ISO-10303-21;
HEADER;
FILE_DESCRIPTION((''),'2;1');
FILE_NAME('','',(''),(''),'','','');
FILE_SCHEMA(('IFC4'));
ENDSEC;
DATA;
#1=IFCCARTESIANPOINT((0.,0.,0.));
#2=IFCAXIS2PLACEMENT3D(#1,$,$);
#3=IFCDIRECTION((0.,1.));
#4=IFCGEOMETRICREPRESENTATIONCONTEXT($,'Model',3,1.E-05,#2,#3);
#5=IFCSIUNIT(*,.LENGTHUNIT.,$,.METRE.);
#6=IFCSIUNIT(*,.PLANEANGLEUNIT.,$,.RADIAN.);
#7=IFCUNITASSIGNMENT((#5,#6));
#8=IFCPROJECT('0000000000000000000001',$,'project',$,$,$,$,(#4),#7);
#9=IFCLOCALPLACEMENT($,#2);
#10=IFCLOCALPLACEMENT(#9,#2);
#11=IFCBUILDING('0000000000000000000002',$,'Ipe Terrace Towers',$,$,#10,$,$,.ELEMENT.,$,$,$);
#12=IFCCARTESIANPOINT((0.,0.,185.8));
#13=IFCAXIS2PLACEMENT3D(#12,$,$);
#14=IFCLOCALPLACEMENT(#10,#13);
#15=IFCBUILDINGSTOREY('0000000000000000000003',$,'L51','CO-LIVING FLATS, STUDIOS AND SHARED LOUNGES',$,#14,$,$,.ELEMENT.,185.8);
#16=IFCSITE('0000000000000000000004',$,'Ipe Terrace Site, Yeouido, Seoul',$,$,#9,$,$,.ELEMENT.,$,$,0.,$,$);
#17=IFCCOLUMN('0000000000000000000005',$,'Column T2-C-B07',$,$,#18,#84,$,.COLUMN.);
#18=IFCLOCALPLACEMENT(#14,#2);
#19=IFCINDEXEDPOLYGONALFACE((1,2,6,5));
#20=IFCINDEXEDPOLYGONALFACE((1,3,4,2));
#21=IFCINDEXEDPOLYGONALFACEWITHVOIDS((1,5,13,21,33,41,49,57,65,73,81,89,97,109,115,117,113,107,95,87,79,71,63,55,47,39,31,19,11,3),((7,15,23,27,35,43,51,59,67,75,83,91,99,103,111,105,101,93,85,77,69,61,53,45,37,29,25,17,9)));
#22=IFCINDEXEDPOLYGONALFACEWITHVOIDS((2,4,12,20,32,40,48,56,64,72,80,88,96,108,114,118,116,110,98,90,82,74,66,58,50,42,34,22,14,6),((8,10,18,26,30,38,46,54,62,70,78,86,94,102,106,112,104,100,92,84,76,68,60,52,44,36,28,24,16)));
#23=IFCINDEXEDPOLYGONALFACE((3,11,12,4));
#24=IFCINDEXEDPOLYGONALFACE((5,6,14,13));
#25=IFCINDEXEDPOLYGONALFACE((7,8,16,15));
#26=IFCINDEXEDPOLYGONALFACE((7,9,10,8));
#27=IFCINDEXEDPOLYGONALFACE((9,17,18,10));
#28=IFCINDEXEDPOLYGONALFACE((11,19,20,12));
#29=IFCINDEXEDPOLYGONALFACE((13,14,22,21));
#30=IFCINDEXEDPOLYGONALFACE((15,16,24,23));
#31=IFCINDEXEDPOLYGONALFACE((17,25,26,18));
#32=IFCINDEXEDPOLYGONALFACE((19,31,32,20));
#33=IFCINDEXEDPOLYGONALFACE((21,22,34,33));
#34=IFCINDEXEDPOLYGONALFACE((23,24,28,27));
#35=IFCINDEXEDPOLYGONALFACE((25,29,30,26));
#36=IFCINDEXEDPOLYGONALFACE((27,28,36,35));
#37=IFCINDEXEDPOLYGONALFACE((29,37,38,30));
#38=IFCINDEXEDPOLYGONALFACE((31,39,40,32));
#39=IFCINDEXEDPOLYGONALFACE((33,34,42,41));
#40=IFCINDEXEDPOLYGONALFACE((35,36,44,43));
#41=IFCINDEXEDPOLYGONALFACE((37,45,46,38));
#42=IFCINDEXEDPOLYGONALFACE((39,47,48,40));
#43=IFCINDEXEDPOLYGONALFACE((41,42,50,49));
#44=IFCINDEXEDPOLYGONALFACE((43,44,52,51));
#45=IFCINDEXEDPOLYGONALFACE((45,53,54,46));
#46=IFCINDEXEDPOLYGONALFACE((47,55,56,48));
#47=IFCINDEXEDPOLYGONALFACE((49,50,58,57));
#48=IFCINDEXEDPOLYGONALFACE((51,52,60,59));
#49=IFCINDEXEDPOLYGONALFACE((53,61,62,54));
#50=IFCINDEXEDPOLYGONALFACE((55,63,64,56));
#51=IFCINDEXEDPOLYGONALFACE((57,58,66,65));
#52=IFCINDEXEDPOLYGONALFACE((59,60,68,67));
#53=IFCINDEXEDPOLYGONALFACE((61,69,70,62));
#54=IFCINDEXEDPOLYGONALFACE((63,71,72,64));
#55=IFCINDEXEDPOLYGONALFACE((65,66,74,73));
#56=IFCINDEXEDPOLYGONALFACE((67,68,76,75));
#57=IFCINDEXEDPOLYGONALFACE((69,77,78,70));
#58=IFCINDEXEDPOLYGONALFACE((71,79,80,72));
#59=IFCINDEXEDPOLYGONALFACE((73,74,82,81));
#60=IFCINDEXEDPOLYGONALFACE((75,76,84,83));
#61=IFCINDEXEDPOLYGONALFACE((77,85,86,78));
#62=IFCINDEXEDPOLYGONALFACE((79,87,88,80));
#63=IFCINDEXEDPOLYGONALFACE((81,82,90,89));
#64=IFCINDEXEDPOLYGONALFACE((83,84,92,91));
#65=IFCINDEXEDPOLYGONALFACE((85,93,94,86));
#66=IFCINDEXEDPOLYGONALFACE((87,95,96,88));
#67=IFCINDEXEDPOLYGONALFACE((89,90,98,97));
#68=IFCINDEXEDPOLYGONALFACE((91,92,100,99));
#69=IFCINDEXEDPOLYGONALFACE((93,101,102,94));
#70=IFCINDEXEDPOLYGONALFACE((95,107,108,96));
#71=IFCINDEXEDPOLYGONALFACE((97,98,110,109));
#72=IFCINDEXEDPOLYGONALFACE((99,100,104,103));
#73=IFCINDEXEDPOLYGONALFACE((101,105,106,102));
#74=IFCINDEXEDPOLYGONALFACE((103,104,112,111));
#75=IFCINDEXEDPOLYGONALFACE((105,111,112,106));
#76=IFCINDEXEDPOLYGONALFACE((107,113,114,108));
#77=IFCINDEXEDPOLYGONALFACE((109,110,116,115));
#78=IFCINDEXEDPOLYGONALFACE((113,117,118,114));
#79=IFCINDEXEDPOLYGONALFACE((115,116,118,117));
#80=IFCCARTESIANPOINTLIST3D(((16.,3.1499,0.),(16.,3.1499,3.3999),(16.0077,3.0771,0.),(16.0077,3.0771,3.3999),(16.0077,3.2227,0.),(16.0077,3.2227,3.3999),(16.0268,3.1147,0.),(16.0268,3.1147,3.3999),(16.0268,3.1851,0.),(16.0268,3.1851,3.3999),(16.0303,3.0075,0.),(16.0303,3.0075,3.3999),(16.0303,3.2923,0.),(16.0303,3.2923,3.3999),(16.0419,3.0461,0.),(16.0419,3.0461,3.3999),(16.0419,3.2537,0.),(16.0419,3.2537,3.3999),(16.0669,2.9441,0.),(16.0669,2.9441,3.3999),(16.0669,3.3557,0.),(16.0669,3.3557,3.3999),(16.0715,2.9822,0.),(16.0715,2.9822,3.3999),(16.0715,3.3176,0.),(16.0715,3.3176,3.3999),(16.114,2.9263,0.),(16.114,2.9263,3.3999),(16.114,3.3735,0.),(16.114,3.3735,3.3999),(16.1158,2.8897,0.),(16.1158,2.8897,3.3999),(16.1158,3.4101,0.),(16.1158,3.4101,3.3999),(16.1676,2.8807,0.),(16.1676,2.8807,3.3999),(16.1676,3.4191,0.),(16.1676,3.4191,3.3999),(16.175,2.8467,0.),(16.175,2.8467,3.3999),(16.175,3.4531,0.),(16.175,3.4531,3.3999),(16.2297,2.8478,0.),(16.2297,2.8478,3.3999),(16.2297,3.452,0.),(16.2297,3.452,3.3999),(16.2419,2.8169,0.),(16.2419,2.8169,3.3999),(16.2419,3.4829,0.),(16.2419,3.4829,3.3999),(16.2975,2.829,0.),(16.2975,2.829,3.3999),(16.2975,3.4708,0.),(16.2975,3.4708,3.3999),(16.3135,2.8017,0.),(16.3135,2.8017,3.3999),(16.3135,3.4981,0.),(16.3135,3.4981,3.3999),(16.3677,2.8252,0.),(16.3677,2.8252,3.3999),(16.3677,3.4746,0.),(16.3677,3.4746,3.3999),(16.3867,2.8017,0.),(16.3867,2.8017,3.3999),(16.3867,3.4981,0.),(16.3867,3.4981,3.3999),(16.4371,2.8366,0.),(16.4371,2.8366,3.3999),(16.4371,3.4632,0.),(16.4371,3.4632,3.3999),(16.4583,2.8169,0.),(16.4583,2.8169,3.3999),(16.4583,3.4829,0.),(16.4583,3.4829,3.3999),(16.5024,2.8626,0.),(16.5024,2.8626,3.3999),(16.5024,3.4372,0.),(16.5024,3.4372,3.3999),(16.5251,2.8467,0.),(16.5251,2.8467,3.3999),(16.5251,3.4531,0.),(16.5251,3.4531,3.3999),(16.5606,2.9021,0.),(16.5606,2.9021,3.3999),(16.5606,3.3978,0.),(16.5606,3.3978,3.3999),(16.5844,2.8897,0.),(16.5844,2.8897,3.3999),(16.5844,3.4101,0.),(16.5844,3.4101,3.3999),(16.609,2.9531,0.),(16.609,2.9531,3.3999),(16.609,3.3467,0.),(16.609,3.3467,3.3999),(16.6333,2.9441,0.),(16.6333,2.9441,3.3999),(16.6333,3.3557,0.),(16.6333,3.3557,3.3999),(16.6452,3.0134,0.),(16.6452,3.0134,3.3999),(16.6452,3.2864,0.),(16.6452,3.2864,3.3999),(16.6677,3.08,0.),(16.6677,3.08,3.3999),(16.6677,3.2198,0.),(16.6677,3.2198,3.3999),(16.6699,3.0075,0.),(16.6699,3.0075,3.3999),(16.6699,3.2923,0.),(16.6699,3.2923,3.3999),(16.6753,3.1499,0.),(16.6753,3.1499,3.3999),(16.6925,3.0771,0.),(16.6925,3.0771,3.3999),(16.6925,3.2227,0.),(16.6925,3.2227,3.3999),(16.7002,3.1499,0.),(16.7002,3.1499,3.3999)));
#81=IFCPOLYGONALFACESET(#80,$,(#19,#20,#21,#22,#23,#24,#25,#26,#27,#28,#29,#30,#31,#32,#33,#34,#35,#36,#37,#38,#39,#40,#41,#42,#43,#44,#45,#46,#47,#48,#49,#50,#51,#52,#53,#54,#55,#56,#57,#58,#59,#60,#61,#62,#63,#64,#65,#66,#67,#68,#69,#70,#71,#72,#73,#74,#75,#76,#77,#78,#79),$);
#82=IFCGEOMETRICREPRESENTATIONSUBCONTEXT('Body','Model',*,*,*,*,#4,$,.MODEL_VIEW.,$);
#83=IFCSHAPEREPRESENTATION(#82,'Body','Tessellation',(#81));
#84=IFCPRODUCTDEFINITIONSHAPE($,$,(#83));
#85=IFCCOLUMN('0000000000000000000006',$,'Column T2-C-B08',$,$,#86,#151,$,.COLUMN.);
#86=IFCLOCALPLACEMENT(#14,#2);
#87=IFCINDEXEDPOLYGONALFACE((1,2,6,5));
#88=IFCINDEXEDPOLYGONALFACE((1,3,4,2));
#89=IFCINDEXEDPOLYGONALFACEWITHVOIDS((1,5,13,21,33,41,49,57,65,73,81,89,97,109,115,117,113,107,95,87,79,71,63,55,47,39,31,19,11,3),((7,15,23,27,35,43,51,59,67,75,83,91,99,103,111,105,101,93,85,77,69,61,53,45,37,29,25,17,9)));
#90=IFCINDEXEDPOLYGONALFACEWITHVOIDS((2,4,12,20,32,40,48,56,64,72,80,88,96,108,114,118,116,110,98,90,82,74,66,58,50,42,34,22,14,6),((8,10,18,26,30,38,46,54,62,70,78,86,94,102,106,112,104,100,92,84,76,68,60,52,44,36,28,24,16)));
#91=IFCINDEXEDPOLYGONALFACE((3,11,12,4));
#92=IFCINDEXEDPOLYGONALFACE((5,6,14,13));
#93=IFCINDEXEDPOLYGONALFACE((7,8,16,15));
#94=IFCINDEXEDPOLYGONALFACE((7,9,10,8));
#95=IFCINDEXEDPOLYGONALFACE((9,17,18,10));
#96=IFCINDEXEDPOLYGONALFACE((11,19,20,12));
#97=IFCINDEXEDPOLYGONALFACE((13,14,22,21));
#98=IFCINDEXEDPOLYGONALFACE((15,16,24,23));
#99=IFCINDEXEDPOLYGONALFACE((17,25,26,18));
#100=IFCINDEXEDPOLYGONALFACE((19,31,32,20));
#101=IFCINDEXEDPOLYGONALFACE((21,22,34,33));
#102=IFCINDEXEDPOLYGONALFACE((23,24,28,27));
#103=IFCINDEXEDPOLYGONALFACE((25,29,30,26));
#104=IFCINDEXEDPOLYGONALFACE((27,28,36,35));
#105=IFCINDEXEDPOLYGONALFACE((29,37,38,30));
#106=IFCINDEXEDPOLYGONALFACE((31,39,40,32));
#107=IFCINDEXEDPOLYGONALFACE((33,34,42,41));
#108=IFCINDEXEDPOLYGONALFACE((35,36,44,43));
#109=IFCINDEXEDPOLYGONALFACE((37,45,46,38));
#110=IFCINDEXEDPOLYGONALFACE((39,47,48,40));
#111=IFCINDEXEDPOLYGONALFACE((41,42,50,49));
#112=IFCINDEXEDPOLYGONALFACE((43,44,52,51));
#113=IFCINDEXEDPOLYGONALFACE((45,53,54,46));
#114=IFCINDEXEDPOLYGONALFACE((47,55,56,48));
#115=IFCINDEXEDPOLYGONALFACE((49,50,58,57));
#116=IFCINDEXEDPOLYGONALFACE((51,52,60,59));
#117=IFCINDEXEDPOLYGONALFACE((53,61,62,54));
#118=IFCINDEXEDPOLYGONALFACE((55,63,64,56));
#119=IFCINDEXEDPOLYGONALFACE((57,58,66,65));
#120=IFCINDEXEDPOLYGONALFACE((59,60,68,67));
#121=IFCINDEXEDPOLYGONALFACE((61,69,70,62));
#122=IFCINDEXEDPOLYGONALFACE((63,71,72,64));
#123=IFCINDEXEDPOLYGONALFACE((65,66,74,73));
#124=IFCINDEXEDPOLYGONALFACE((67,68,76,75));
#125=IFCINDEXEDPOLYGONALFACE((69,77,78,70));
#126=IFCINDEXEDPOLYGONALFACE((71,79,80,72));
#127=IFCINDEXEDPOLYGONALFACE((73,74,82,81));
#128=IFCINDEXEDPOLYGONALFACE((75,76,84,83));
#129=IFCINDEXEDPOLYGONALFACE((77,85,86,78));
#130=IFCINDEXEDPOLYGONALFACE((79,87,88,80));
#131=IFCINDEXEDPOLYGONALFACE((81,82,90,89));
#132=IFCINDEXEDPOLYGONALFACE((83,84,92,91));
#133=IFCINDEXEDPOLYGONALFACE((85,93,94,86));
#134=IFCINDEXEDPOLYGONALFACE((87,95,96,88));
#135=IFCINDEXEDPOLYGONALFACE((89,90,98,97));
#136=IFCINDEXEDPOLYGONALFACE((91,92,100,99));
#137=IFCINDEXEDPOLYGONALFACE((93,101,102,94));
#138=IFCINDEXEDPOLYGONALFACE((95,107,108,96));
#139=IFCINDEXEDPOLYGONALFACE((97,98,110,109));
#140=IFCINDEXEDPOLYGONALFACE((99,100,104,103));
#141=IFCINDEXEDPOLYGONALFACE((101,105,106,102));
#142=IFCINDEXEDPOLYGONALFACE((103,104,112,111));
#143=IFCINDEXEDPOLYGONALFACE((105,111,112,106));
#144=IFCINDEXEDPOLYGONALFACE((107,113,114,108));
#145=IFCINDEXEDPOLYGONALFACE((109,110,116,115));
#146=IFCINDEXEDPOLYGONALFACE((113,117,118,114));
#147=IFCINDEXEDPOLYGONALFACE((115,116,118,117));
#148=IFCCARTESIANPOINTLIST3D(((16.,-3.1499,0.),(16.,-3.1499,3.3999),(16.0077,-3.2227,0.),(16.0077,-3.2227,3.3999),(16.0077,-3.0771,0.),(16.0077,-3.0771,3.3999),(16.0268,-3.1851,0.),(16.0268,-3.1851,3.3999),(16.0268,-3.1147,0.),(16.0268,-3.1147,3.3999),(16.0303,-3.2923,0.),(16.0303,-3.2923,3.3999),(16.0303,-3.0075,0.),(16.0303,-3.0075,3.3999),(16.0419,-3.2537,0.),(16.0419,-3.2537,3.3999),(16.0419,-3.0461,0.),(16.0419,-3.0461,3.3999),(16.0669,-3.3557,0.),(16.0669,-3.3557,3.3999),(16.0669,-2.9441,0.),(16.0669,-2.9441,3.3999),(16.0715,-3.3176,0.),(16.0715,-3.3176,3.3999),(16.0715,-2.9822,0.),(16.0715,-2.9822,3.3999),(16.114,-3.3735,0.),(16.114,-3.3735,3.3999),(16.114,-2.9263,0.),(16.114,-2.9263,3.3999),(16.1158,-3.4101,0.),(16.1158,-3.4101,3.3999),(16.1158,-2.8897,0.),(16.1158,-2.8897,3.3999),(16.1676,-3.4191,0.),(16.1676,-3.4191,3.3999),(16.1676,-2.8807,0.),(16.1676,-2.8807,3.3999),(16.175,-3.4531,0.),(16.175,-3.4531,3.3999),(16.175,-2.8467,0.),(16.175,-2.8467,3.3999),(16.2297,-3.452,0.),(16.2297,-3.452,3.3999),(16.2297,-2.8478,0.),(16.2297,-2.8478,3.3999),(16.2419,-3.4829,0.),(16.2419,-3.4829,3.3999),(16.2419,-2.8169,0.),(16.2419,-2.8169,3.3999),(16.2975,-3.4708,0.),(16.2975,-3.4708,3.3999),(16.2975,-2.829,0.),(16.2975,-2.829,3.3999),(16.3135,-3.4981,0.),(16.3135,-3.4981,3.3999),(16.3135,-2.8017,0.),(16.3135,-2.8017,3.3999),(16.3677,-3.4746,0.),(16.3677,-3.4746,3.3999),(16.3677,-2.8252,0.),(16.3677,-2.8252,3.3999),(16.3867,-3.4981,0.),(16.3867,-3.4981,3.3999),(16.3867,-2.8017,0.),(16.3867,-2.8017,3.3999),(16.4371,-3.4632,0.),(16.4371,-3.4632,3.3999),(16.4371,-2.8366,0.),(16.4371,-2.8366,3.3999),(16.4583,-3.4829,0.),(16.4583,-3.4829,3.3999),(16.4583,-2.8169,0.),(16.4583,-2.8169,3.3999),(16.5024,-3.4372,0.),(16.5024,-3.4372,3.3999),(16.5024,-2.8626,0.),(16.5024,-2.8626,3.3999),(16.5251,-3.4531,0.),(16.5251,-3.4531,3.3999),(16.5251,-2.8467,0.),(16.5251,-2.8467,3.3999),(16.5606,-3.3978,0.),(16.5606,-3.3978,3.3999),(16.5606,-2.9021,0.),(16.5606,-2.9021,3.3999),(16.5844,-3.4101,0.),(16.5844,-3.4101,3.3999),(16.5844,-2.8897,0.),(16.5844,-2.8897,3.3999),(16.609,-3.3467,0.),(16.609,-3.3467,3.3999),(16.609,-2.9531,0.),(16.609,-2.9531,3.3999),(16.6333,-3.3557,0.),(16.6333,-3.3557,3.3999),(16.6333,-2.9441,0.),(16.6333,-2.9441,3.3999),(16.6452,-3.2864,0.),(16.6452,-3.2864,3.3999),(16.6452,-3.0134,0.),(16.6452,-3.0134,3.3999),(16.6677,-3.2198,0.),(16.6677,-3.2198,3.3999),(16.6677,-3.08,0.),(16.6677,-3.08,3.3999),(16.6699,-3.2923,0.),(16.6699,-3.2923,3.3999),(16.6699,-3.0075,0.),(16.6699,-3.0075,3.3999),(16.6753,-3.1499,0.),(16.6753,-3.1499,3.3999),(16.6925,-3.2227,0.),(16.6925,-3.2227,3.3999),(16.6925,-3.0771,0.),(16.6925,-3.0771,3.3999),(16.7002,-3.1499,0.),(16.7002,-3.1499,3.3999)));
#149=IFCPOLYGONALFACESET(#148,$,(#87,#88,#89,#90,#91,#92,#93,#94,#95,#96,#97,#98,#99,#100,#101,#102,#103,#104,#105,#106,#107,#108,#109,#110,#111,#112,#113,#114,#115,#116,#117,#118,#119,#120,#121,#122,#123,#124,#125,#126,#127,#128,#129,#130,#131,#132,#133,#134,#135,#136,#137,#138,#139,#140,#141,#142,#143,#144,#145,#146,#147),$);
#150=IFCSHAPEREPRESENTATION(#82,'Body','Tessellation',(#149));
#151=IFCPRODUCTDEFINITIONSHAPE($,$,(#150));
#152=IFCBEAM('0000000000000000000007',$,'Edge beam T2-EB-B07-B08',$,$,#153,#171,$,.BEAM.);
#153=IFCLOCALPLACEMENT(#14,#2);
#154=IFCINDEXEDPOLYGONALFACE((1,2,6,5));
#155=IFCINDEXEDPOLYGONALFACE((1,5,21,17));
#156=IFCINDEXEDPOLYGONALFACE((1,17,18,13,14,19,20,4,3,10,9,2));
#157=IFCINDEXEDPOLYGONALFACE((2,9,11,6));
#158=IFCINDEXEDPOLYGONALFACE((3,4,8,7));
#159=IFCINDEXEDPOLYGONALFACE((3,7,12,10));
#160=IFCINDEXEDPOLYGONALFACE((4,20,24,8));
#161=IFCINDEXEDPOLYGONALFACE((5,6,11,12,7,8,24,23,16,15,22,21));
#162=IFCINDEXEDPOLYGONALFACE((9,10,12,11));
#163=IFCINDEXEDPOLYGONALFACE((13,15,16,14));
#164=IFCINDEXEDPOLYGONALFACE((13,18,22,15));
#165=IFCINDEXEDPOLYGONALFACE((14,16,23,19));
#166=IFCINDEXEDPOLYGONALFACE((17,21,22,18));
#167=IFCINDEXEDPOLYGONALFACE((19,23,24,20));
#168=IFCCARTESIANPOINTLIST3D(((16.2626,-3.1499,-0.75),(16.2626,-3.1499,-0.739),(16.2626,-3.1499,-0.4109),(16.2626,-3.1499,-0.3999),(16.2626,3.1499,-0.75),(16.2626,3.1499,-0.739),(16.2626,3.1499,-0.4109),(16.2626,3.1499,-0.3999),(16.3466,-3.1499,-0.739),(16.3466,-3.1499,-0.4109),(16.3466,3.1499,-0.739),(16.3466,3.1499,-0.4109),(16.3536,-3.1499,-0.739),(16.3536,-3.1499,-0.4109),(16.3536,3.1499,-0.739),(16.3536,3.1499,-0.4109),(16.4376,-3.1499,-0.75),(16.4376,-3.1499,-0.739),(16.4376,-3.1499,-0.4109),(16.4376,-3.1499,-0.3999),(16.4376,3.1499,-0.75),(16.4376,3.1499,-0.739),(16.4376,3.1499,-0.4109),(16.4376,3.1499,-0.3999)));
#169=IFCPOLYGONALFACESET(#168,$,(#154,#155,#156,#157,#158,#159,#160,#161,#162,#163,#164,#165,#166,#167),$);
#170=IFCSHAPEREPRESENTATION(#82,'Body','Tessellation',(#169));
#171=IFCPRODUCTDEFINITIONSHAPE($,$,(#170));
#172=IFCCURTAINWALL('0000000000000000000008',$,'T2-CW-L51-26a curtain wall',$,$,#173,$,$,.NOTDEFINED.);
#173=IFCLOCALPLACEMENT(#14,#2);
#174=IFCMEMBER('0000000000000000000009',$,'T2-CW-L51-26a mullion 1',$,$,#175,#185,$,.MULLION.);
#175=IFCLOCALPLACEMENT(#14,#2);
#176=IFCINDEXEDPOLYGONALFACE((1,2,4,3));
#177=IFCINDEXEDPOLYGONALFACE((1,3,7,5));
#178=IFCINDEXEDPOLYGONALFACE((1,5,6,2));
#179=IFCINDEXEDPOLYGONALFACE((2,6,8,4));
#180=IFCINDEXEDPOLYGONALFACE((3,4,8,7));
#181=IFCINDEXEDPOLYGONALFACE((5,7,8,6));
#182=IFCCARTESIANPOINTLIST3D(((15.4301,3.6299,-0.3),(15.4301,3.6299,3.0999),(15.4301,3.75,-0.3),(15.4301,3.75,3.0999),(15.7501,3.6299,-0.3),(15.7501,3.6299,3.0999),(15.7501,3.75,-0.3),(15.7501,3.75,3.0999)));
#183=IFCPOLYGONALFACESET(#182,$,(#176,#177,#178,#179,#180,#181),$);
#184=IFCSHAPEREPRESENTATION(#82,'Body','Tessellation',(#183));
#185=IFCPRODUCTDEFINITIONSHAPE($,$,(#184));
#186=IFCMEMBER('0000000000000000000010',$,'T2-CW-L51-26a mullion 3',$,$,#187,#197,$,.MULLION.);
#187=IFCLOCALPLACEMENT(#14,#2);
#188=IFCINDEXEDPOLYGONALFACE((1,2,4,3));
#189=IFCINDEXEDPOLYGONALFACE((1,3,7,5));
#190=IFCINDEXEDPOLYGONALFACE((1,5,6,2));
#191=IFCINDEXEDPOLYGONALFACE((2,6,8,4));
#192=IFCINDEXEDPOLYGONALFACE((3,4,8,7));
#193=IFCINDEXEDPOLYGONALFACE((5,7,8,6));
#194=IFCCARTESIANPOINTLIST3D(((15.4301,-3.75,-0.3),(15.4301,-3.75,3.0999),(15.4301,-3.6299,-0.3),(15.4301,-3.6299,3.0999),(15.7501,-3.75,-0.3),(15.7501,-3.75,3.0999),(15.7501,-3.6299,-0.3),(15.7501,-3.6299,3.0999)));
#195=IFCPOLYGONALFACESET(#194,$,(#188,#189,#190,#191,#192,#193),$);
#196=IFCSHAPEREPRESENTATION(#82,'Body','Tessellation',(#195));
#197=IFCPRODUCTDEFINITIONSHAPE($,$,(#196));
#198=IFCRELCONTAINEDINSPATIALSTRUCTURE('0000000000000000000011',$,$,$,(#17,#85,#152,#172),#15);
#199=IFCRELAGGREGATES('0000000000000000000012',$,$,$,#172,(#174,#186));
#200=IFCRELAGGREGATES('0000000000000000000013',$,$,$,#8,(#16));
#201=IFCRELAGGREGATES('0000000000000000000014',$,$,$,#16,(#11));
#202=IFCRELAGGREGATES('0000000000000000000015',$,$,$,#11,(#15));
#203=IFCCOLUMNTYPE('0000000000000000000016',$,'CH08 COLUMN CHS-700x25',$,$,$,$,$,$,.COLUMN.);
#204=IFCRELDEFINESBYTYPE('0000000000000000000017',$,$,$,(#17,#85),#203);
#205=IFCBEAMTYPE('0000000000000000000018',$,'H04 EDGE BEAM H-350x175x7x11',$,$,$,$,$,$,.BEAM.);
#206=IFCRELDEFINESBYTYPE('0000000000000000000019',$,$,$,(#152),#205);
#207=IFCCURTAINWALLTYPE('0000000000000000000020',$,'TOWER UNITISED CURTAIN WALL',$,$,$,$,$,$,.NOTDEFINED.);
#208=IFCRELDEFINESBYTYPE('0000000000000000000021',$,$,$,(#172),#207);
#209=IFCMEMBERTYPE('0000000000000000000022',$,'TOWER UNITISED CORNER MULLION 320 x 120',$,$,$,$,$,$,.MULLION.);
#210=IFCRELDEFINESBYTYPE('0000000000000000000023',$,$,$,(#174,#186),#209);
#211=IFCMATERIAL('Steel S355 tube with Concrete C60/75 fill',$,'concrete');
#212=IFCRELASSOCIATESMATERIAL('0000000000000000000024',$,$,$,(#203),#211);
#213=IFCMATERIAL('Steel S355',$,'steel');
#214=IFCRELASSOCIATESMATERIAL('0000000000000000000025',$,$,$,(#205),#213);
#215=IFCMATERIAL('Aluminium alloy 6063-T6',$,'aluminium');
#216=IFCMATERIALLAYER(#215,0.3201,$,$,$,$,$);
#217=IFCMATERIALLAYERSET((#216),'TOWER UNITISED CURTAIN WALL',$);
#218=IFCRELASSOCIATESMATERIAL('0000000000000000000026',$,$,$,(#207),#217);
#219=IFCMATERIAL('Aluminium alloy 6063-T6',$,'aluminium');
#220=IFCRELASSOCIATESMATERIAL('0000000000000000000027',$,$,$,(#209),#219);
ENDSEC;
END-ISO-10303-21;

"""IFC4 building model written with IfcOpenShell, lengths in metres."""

from ifc_helpers import new_model, si_unit, direction, frame, origin, origin_2d, place, context, subcontext, project, spatial, rectangle, hollow_circle, i_section, extrude, material, layer, layer_set, material_profile, profile_set, type_object, element, aggregate, save


model = new_model("IFC4")

# Units and contexts
model_context = context("Model", 3, precision=1e-05, world=origin(), true_north=direction((0.0, 1.0)))
body_context = subcontext(model_context, "Body", "Model", "MODEL_VIEW")
ifc_project = project(units=[si_unit("LENGTHUNIT", "METRE"), si_unit("PLANEANGLEUNIT", "RADIAN")], contexts=[model_context])

# Site, building, storey
site_placement = place(None, origin())
site = spatial("IfcSite", under=ifc_project, at=site_placement, Name="Ipe Terrace Site, Yeouido, Seoul", CompositionType="ELEMENT", RefElevation=0.0)
building_placement = place(site_placement, origin())
building = spatial("IfcBuilding", under=site, at=building_placement, Name="Ipe Terrace Towers", CompositionType="ELEMENT")
storey_placement = place(building_placement, frame((0.0, 0.0, 185.8)))
storey = spatial("IfcBuildingStorey", under=building, at=storey_placement, Name="L51", Description="CO-LIVING FLATS, STUDIOS AND SHARED LOUNGES", CompositionType="ELEMENT", Elevation=185.8)

# Columns
ifc_material_1 = material(Name="Steel S355 tube with Concrete C60/75 fill", Category="concrete")
ifc_material_profile_1 = material_profile(ifc_material_1, hollow_circle(Radius=0.3501, WallThickness=0.0249, at=origin_2d()), Name="CHS-700x25")
ifc_profile_set_1 = profile_set([ifc_material_profile_1], Name="Steel S355 tube with Concrete C60/75 fill")
column_type = type_object("IfcColumnType", Name="CH08 COLUMN CHS-700x25", PredefinedType="COLUMN", material=ifc_profile_set_1)
for number, where, z_axis, x_axis, name in (
    (1, (16.3501, 3.1499, 0.0), (0.0, 0.0, 1.0), (1.0, 0.0, 0.0), "Column T2-C-B07"),
    (2, (16.3501, -3.1499, 0.0), (0.0, 0.0, 1.0), (1.0, 0.0, 0.0), "Column T2-C-B08"),
):
    element("IfcColumn", number, at=place(storey_placement, frame(where, z_axis=z_axis, x_axis=x_axis)), inside=storey, type_object=column_type, Name=name, PredefinedType="COLUMN", context=body_context, shape_type="SweptSolid", body=[
        extrude(hollow_circle(Radius=0.3501, WallThickness=0.0249, at=origin_2d()), origin(), (0.0, 0.0, 1.0), 3.3999),
    ])

# Beam
ifc_material_2 = material(Name="Steel S355", Category="steel")
ifc_material_profile_2 = material_profile(ifc_material_2, i_section(OverallWidth=0.175, OverallDepth=0.3501, WebThickness=0.0071, FlangeThickness=0.011, at=origin_2d()), Name="H-350x175x7x11")
ifc_profile_set_2 = profile_set([ifc_material_profile_2], Name="Steel S355")
beam_type = type_object("IfcBeamType", Name="H04 EDGE BEAM H-350x175x7x11", PredefinedType="BEAM", material=ifc_profile_set_2)
beam_placement = place(storey_placement, frame((16.3501, 3.1499, -0.575), z_axis=(0.0, -1.0, 0.0), x_axis=(1.0, 0.0, 0.0)))
element("IfcBeam", 3, at=beam_placement, inside=storey, type_object=beam_type, Name="Edge beam T2-EB-B07-B08", PredefinedType="BEAM", context=body_context, shape_type="SweptSolid", body=[
    extrude(i_section(OverallWidth=0.175, OverallDepth=0.3501, WebThickness=0.0071, FlangeThickness=0.011, at=origin_2d()), origin(), (0.0, 0.0, 1.0), 6.2998),
])

# Curtain wall, members
ifc_material_3 = material(Name="Aluminium alloy 6063-T6", Category="aluminium")
ifc_layer_1 = layer(ifc_material_3, 0.3201)
ifc_layer_set_1 = layer_set([ifc_layer_1], Name="TOWER UNITISED CURTAIN WALL")
curtain_wall_type = type_object("IfcCurtainWallType", Name="TOWER UNITISED CURTAIN WALL", PredefinedType="NOTDEFINED", material=ifc_layer_set_1)
curtain_wall_placement = place(storey_placement, origin())
curtain_wall = element("IfcCurtainWall", 4, at=curtain_wall_placement, inside=storey, type_object=curtain_wall_type, Name="T2-CW-L51-26a curtain wall", PredefinedType="NOTDEFINED")
ifc_material_4 = material(Name="Aluminium alloy 6063-T6", Category="aluminium")
ifc_material_profile_3 = material_profile(ifc_material_4, rectangle(XDim=0.3201, YDim=0.1201, at=origin_2d()), Name="TOWER UNITISED CORNER MULLION 320 x 120")
ifc_profile_set_3 = profile_set([ifc_material_profile_3], Name="Aluminium alloy 6063-T6")
member_type_1 = type_object("IfcMemberType", Name="TOWER UNITISED CORNER MULLION 320 x 120", PredefinedType="MULLION", material=ifc_profile_set_3)
member_1_placement = place(storey_placement, frame((15.5901, 3.6899, -0.3), z_axis=(0.0, 0.0, 1.0), x_axis=(-1.0, 0.0, 0.0)))
member_1 = element("IfcMember", 5, at=member_1_placement, type_object=member_type_1, Name="T2-CW-L51-26a mullion 1", PredefinedType="MULLION", context=body_context, shape_type="SweptSolid", body=[
    extrude(rectangle(XDim=0.3201, YDim=0.1201, at=origin_2d()), origin(), (0.0, 0.0, 1.0), 3.3999),
])
member_2_placement = place(storey_placement, frame((15.5901, -3.6899, -0.3), z_axis=(0.0, 0.0, 1.0), x_axis=(-1.0, 0.0, 0.0)))
member_2 = element("IfcMember", 6, at=member_2_placement, type_object=member_type_1, Name="T2-CW-L51-26a mullion 3", PredefinedType="MULLION", context=body_context, shape_type="SweptSolid", body=[
    extrude(rectangle(XDim=0.3201, YDim=0.1201, at=origin_2d()), origin(), (0.0, 0.0, 1.0), 3.3999),
])

aggregate(curtain_wall, [member_1, member_2])

save(model, "model.ifc")
